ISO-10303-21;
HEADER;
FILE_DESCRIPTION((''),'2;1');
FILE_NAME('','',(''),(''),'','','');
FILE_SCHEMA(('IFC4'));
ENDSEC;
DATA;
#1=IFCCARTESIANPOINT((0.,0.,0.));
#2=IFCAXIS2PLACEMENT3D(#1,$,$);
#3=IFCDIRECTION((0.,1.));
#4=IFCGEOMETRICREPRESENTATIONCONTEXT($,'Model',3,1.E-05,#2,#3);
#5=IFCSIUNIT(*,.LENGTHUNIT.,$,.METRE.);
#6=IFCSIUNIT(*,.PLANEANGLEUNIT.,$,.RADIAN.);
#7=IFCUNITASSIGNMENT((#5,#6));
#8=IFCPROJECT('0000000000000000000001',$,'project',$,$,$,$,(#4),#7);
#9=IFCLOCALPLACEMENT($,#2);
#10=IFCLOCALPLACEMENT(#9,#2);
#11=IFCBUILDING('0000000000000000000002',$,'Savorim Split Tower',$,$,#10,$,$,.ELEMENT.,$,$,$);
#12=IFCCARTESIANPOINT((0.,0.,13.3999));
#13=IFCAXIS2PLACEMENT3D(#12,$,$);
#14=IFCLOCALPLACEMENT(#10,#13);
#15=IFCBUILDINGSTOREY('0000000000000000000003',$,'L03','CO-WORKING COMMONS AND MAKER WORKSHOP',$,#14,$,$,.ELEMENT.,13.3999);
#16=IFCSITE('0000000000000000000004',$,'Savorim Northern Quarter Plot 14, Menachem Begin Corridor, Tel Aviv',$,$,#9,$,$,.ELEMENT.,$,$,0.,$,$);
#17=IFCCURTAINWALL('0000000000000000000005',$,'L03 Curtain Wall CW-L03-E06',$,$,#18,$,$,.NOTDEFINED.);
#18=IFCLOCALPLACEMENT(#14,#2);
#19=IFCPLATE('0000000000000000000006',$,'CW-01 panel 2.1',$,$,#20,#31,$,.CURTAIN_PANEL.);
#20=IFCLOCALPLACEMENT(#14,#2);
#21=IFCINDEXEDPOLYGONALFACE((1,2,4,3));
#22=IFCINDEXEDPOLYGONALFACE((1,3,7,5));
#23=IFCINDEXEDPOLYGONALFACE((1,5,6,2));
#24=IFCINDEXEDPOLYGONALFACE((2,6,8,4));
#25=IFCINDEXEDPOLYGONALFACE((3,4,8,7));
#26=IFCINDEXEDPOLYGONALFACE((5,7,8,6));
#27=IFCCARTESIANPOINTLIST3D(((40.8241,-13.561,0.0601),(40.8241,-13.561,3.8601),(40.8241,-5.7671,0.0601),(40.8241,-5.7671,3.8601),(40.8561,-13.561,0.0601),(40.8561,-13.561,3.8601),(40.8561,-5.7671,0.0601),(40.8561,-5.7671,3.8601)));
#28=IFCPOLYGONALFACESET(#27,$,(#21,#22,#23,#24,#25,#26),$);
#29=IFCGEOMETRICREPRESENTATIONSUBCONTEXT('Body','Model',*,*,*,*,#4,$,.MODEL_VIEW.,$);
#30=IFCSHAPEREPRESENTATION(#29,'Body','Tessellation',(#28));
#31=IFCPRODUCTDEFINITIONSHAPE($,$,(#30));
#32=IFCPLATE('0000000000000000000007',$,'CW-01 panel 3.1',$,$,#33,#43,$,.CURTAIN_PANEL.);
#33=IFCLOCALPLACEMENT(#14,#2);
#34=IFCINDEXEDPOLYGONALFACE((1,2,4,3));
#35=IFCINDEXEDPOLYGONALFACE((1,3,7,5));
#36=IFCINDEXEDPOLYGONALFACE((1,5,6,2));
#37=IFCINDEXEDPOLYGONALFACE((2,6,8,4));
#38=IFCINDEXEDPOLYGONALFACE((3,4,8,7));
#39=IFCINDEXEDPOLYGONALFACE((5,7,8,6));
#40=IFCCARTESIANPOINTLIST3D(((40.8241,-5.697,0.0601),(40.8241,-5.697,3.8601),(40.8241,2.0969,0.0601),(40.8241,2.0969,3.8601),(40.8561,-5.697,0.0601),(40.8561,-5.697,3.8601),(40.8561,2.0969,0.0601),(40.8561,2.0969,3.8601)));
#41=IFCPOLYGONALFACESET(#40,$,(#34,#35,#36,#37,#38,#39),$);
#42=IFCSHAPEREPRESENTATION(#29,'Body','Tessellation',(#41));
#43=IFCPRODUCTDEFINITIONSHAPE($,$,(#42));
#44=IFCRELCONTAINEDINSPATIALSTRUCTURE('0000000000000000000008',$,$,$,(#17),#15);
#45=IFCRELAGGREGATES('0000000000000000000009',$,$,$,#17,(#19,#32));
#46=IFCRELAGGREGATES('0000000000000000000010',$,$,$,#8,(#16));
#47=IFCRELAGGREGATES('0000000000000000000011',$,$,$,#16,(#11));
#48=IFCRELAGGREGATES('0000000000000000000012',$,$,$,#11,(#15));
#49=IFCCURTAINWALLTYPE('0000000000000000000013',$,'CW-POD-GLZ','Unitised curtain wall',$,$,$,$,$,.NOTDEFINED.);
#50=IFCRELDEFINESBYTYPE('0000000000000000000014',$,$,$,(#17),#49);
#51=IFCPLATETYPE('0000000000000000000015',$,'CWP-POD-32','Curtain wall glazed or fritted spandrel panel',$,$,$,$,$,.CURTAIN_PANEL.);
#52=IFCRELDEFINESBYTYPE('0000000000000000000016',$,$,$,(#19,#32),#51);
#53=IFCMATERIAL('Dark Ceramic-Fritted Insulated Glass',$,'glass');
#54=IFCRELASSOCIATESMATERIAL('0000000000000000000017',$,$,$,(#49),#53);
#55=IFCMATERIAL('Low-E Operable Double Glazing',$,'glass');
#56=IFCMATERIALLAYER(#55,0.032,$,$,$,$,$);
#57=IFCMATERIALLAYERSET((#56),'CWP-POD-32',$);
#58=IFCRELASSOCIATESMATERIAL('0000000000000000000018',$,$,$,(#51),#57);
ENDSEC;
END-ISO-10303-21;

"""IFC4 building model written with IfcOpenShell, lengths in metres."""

from ifc_helpers import new_model, si_unit, direction, frame, origin, origin_2d, place, context, subcontext, project, spatial, rectangle, extrude, material, layer, layer_set, type_object, element, aggregate, save


model = new_model("IFC4")

# Units and contexts
model_context = context("Model", 3, precision=1e-05, world=origin(), true_north=direction((0.0, 1.0)))
body_context = subcontext(model_context, "Body", "Model", "MODEL_VIEW")
ifc_project = project(units=[si_unit("LENGTHUNIT", "METRE"), si_unit("PLANEANGLEUNIT", "RADIAN")], contexts=[model_context])

# Site, building, storey
site_placement = place(None, origin())
site = spatial("IfcSite", under=ifc_project, at=site_placement, Name="Savorim Northern Quarter Plot 14, Menachem Begin Corridor, Tel Aviv", CompositionType="ELEMENT", RefElevation=0.0)
building_placement = place(site_placement, origin())
building = spatial("IfcBuilding", under=site, at=building_placement, Name="Savorim Split Tower", CompositionType="ELEMENT")
storey_placement = place(building_placement, frame((0.0, 0.0, 13.3999)))
storey = spatial("IfcBuildingStorey", under=building, at=storey_placement, Name="L03", Description="CO-WORKING COMMONS AND MAKER WORKSHOP", CompositionType="ELEMENT", Elevation=13.3999)

# Shared definitions
ifc_material_1 = material(Name="Dark Ceramic-Fritted Insulated Glass", Category="glass")
curtain_wall_type = type_object("IfcCurtainWallType", Name="CW-POD-GLZ", Description="Unitised curtain wall", PredefinedType="NOTDEFINED", material=ifc_material_1)

# Curtain wall
curtain_wall_1_placement = place(storey_placement, origin())
curtain_wall_1 = element("IfcCurtainWall", 1, at=curtain_wall_1_placement, inside=storey, type_object=curtain_wall_type, Name="L03 Curtain Wall CW-L03-E06", PredefinedType="NOTDEFINED")

# Plates
ifc_material_2 = material(Name="Low-E Operable Double Glazing", Category="glass")
ifc_layer = layer(ifc_material_2, 0.032)
ifc_layer_set = layer_set([ifc_layer], Name="CWP-POD-32")
plate_type = type_object("IfcPlateType", Name="CWP-POD-32", Description="Curtain wall glazed or fritted spandrel panel", PredefinedType="CURTAIN_PANEL", material=ifc_layer_set)
plate_1_placement = place(storey_placement, frame((40.8401, -9.6641, 0.0601), z_axis=(0.0, 0.0, 1.0), x_axis=(0.0, 1.0, 0.0)))
plate_1 = element("IfcPlate", 2, at=plate_1_placement, type_object=plate_type, Name="CW-01 panel 2.1", PredefinedType="CURTAIN_PANEL", context=body_context, shape_type="SweptSolid", body=[
    extrude(rectangle(XDim=7.7939, YDim=0.032, at=origin_2d()), origin(), (0.0, 0.0, 1.0), 3.8),
])
plate_2_placement = place(storey_placement, frame((40.8401, -1.8, 0.0601), z_axis=(0.0, 0.0, 1.0), x_axis=(0.0, 1.0, 0.0)))
plate_2 = element("IfcPlate", 3, at=plate_2_placement, type_object=plate_type, Name="CW-01 panel 3.1", PredefinedType="CURTAIN_PANEL", context=body_context, shape_type="SweptSolid", body=[
    extrude(rectangle(XDim=7.7939, YDim=0.032, at=origin_2d()), origin(), (0.0, 0.0, 1.0), 3.8),
])
aggregate(curtain_wall_1, [plate_1, plate_2])

save(model, "model.ifc")
